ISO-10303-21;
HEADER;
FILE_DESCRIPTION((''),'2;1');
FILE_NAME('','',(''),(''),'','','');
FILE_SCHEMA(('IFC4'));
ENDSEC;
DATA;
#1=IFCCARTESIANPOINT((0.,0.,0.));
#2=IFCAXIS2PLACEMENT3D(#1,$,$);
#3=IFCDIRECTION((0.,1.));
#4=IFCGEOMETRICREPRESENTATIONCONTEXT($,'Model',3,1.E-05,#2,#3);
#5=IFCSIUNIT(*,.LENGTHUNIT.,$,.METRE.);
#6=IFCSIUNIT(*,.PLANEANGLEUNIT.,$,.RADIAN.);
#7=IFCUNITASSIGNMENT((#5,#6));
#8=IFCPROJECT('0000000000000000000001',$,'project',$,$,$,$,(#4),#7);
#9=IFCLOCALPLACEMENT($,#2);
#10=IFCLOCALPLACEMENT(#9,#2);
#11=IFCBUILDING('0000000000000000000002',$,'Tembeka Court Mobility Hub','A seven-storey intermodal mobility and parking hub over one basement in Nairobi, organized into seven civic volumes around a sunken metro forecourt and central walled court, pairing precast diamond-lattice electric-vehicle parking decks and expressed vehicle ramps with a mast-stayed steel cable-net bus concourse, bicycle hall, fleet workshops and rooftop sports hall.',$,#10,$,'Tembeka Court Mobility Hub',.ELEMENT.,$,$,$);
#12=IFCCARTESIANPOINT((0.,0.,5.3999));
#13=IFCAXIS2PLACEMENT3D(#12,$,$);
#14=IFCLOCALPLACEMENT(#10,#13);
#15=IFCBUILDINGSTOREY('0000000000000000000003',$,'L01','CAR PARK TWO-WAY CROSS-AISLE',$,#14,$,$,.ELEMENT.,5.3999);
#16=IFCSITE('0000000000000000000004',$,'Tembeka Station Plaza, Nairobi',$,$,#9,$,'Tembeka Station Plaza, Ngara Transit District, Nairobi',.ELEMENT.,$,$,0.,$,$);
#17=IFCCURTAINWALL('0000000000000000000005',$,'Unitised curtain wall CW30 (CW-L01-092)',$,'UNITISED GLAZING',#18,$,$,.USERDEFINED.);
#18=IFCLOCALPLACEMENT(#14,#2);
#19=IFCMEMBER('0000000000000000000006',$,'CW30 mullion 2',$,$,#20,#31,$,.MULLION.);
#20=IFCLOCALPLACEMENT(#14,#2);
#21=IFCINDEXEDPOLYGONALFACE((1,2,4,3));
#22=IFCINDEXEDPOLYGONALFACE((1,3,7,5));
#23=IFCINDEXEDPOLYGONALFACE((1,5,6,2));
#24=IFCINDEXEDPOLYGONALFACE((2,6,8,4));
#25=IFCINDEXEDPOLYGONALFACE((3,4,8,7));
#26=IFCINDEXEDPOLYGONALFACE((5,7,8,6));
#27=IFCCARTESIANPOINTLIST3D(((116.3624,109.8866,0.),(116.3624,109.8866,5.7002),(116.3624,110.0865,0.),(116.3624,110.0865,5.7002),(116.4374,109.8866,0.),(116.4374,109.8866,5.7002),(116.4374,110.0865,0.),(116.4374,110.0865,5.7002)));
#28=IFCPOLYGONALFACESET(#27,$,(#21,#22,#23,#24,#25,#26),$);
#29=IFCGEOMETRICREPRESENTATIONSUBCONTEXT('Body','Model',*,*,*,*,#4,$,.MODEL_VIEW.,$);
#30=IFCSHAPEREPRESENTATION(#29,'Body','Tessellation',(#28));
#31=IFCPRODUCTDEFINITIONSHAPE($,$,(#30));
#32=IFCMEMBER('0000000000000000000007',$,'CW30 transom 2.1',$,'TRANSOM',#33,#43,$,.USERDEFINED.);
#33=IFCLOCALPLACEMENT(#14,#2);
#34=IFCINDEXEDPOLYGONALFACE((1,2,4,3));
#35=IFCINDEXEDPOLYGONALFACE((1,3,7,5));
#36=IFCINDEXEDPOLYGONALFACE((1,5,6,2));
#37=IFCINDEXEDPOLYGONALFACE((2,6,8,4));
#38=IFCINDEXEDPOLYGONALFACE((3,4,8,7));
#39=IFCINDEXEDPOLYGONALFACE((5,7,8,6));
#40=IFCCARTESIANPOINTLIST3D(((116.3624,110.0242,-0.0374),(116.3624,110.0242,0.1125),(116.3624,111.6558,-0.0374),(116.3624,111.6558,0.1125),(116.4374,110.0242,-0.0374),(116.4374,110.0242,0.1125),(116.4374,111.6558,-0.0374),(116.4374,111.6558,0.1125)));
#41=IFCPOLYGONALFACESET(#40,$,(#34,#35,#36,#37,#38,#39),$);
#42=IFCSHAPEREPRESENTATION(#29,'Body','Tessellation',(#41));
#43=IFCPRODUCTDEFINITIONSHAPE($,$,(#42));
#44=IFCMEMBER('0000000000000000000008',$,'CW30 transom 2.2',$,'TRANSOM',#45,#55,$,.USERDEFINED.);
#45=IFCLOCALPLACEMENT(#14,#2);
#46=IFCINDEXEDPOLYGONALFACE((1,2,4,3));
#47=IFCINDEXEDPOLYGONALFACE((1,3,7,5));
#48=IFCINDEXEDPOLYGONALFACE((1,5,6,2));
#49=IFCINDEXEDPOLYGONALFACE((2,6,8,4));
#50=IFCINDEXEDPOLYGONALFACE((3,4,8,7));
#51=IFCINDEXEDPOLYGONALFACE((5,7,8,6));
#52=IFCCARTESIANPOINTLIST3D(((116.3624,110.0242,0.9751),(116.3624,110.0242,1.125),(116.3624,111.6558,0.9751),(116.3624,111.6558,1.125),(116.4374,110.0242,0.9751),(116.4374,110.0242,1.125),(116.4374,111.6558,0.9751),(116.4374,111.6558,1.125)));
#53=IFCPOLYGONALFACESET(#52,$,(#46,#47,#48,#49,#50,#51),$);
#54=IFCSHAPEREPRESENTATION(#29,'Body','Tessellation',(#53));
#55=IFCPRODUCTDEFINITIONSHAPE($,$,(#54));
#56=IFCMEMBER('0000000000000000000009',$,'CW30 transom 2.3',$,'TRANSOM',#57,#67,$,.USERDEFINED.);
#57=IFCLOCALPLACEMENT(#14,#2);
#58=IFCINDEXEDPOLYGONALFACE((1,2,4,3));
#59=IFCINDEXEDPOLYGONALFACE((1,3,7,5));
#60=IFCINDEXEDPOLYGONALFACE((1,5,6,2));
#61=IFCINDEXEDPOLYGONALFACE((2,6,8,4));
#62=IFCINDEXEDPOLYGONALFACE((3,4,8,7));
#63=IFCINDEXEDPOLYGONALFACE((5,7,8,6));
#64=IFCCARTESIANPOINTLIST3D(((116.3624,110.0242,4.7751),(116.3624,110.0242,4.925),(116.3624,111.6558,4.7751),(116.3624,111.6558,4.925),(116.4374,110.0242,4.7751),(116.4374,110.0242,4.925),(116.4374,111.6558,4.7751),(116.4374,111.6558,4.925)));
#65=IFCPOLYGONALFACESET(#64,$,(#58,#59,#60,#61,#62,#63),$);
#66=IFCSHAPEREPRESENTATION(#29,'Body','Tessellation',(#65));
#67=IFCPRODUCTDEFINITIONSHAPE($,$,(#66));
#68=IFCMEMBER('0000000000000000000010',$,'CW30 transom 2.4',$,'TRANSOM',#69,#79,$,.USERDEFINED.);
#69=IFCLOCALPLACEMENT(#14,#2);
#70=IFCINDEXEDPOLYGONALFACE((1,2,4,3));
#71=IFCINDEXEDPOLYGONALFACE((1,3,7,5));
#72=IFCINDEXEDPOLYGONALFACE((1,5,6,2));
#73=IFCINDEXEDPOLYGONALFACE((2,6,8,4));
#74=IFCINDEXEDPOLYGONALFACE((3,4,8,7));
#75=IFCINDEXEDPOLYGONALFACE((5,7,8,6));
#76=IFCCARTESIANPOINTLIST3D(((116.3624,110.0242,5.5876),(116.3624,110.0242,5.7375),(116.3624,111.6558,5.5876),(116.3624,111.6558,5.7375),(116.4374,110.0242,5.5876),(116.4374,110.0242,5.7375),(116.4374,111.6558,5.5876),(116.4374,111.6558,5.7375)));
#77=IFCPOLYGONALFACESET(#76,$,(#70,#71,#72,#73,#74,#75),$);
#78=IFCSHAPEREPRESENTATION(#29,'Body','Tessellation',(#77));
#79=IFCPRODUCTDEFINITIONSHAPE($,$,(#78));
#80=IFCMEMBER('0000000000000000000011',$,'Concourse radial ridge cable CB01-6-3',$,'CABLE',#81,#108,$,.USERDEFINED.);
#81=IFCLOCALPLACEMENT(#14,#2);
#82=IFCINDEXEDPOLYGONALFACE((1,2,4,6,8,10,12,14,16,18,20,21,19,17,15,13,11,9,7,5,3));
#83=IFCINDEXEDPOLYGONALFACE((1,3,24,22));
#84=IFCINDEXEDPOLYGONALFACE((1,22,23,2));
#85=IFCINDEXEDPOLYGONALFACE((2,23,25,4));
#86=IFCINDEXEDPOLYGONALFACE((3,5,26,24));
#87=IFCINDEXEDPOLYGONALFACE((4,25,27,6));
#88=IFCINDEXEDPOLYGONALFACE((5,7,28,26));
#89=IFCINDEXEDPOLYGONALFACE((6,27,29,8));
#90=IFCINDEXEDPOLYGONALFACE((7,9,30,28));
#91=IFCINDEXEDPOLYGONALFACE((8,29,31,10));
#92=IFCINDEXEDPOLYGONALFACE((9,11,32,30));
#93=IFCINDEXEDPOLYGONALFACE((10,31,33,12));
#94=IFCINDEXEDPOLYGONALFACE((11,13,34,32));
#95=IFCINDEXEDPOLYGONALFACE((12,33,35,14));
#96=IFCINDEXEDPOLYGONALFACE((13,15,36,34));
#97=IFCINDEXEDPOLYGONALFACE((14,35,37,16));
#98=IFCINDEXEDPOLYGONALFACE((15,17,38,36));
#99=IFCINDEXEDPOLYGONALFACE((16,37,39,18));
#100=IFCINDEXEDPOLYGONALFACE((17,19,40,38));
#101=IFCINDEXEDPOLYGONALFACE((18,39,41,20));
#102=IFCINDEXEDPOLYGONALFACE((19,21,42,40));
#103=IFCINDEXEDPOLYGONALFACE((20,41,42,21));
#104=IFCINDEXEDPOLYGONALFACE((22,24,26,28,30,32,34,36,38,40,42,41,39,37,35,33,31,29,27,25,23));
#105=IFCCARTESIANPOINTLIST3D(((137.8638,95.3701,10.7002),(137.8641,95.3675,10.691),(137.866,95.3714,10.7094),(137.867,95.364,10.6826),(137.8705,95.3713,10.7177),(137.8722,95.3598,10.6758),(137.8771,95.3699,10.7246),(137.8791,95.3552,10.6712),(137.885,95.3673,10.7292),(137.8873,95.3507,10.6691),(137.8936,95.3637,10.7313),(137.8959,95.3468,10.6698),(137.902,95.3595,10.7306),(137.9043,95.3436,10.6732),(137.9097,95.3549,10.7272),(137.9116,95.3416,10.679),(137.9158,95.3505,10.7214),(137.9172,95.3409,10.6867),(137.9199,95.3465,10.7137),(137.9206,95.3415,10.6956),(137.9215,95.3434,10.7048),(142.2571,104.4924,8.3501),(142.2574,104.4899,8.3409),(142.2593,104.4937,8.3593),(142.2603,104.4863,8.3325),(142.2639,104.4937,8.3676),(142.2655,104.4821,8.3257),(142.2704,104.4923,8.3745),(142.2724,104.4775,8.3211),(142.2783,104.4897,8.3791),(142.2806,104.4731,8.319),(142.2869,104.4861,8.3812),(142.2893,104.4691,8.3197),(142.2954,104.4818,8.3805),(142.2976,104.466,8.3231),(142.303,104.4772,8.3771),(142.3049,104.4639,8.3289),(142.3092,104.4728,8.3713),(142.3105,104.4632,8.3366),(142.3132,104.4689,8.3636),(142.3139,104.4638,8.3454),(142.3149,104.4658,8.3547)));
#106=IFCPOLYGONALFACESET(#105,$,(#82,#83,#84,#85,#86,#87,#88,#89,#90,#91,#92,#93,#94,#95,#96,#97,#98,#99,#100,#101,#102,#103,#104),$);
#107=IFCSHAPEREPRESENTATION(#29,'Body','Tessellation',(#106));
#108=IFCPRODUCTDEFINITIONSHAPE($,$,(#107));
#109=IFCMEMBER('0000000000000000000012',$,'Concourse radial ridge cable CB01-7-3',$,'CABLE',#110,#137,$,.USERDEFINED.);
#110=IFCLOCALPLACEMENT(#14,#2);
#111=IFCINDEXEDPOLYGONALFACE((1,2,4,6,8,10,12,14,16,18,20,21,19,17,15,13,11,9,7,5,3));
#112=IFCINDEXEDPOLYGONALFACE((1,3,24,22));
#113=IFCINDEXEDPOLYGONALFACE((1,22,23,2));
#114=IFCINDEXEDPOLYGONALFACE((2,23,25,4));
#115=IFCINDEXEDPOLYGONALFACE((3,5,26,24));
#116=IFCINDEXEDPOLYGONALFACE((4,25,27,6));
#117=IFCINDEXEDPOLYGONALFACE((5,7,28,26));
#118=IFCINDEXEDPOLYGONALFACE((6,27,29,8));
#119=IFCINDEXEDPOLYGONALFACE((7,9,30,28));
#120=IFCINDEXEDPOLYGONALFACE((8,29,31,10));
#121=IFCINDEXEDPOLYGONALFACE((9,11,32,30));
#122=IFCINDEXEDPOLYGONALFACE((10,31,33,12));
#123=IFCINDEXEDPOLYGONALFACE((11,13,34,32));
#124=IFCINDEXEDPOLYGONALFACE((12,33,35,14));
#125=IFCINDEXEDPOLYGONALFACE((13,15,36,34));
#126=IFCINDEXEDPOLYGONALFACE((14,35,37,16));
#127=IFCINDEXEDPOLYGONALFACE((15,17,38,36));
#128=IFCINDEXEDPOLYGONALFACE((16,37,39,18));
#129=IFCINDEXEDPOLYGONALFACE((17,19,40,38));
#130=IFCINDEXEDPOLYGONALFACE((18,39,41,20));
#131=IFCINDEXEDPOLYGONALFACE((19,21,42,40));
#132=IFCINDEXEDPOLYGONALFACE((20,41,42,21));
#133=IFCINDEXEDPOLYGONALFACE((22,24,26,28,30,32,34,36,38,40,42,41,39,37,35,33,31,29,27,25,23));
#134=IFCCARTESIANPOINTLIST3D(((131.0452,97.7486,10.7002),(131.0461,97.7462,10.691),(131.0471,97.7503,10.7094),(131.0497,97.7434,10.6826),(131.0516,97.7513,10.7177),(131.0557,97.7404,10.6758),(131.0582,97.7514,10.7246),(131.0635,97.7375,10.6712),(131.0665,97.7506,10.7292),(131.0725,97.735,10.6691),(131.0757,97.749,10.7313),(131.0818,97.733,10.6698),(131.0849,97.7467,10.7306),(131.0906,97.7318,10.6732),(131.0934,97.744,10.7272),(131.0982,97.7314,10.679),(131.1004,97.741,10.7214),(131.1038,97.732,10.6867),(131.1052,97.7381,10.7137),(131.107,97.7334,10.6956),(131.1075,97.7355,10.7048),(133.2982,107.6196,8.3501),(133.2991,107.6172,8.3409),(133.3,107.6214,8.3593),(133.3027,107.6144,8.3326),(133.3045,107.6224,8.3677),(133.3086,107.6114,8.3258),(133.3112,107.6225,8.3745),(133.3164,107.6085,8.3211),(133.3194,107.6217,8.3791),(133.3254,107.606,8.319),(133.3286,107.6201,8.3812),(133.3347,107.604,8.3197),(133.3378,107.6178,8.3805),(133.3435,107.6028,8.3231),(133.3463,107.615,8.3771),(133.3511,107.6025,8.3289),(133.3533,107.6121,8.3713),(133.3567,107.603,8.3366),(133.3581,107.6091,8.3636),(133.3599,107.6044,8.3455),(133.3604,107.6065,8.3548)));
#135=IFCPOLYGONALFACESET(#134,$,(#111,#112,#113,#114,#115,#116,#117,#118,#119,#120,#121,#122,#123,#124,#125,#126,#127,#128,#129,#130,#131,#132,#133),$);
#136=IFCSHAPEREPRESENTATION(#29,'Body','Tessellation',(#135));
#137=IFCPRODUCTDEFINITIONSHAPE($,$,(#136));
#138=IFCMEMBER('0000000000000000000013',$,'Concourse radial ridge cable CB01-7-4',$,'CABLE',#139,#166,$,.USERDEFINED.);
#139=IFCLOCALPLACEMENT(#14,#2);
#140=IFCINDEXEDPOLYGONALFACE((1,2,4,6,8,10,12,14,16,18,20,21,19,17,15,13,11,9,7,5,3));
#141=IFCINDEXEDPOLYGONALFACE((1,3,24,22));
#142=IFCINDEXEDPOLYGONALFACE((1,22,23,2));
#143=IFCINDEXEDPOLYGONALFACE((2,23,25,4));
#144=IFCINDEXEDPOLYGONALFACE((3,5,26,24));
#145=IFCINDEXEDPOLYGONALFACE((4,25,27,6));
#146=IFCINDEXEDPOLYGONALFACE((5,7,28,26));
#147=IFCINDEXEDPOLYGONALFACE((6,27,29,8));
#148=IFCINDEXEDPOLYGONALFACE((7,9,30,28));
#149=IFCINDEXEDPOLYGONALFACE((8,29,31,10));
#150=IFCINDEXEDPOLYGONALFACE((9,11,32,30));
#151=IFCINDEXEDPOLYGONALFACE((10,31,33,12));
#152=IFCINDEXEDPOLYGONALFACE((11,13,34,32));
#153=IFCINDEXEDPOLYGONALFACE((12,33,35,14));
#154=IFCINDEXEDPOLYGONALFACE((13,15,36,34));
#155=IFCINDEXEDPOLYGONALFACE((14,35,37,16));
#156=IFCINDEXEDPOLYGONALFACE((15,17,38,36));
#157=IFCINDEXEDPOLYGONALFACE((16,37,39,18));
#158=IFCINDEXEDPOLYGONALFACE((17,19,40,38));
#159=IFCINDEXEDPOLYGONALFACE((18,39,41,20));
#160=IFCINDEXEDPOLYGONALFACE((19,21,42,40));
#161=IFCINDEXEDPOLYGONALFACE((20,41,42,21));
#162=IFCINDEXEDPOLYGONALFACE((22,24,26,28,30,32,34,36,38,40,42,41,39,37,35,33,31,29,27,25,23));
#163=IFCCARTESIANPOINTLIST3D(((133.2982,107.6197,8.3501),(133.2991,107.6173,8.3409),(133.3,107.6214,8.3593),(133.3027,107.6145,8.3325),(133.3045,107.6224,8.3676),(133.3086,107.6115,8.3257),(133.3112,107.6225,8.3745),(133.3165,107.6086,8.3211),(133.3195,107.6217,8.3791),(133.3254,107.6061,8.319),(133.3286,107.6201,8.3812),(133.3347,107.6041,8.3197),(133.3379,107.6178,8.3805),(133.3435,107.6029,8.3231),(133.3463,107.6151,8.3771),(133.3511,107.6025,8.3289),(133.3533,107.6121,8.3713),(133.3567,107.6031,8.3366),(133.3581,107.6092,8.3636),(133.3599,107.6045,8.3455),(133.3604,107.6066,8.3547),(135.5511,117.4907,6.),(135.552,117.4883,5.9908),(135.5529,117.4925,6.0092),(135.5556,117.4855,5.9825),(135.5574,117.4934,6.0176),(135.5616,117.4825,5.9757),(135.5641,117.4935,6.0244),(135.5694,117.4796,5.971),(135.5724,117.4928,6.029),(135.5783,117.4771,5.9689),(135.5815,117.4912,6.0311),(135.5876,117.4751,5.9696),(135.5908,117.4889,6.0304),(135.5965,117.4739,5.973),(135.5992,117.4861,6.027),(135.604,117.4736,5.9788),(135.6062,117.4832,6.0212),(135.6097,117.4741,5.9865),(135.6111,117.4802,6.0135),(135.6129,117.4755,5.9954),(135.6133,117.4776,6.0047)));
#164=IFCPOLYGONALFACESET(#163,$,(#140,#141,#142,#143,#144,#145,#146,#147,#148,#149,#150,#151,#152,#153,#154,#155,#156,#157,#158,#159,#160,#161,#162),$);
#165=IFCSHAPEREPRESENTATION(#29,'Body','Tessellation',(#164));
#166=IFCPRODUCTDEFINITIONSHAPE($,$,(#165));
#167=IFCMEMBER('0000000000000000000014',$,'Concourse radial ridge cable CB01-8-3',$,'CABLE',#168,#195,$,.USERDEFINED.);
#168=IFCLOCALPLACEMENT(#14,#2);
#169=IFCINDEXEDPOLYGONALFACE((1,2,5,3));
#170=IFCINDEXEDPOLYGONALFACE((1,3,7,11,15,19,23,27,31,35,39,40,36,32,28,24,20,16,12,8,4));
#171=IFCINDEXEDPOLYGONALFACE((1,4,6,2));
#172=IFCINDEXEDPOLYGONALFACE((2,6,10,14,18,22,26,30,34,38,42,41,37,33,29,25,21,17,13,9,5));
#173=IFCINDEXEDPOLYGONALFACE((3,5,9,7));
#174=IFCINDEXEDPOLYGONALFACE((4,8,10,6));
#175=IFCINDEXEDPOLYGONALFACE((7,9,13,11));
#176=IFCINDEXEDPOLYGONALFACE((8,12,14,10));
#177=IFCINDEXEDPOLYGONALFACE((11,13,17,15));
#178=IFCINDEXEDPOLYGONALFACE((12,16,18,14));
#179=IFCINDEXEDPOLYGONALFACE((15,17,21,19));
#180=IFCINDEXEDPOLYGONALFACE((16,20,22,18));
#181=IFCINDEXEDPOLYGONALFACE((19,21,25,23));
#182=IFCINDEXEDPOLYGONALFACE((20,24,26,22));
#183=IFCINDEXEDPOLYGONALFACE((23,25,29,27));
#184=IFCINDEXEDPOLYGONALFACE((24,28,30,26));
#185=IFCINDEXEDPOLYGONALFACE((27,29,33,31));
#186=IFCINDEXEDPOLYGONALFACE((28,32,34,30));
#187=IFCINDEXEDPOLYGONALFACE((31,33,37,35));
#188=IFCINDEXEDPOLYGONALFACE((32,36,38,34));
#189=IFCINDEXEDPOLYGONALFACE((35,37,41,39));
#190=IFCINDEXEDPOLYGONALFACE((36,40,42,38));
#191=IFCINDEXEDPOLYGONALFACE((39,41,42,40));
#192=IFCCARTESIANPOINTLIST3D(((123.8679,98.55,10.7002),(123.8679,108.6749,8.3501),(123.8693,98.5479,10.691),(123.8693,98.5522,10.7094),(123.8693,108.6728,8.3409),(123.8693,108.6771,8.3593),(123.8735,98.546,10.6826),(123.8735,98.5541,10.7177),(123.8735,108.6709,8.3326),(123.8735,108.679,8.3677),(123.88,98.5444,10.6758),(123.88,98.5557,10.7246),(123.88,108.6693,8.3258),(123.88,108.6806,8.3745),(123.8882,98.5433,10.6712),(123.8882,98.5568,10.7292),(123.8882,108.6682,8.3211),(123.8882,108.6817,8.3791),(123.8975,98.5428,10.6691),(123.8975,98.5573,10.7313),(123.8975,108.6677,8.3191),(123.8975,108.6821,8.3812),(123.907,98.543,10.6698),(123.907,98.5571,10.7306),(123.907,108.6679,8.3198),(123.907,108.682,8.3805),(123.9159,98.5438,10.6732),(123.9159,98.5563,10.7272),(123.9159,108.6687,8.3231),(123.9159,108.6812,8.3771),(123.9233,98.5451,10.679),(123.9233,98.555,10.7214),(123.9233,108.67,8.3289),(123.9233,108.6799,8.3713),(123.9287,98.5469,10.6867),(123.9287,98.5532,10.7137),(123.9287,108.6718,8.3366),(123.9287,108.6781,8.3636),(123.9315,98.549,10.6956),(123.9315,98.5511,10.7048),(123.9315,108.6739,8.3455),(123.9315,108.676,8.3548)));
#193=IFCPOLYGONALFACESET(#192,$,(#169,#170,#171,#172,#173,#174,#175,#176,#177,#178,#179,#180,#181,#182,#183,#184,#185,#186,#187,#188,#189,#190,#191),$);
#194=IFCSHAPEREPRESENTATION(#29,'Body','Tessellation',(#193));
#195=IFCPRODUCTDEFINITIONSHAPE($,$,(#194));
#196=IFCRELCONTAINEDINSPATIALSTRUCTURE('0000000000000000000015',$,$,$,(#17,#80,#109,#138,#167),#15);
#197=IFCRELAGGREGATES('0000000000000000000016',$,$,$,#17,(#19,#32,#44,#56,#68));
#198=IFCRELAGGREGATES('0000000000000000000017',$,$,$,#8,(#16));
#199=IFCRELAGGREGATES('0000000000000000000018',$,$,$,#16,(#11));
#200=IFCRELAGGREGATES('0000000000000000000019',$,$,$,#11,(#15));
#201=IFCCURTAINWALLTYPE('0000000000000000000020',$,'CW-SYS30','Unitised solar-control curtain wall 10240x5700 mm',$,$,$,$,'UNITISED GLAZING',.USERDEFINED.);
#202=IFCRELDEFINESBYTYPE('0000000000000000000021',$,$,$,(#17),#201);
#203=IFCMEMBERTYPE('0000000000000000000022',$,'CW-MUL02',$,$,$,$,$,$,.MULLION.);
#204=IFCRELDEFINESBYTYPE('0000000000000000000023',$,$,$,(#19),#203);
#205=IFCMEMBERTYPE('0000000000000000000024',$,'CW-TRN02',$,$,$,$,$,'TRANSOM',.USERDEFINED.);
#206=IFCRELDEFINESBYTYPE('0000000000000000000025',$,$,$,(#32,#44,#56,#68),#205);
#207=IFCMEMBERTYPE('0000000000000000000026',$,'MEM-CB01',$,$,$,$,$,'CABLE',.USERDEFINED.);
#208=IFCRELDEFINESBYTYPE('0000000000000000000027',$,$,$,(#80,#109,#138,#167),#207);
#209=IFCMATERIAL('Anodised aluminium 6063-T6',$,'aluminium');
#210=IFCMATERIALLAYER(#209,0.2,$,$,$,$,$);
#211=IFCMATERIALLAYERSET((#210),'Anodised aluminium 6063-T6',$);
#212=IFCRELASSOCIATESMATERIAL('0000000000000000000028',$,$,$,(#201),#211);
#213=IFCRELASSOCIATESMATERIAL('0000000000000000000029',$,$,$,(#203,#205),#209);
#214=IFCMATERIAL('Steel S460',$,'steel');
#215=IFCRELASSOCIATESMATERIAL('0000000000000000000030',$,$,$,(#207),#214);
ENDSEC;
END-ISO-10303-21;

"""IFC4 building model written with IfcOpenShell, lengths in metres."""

from ifc_helpers import new_model, si_unit, direction, frame, origin, origin_2d, place, context, subcontext, project, spatial, rectangle, circle, extrude, material, layer, layer_set, material_profile, profile_set, type_object, element, aggregate, save


model = new_model("IFC4")

# Units and contexts
model_context = context("Model", 3, precision=1e-05, world=origin(), true_north=direction((0.0, 1.0)))
body_context = subcontext(model_context, "Body", "Model", "MODEL_VIEW")
ifc_project = project(units=[si_unit("LENGTHUNIT", "METRE"), si_unit("PLANEANGLEUNIT", "RADIAN")], contexts=[model_context])

# Site, building, storey
site_placement = place(None, origin())
site = spatial("IfcSite", under=ifc_project, at=site_placement, Name="Tembeka Station Plaza, Nairobi", LongName="Tembeka Station Plaza, Ngara Transit District, Nairobi", CompositionType="ELEMENT", RefElevation=0.0)
building_placement = place(site_placement, origin())
building = spatial("IfcBuilding", under=site, at=building_placement, Name="Tembeka Court Mobility Hub", Description="A seven-storey intermodal mobility and parking hub over one basement in Nairobi, organized into seven civic volumes around a sunken metro forecourt and central walled court, pairing precast diamond-lattice electric-vehicle parking decks and expressed vehicle ramps with a mast-stayed steel cable-net bus concourse, bicycle hall, fleet workshops and rooftop sports hall.", LongName="Tembeka Court Mobility Hub", CompositionType="ELEMENT")
storey_placement = place(building_placement, frame((0.0, 0.0, 5.3999)))
storey = spatial("IfcBuildingStorey", under=building, at=storey_placement, Name="L01", Description="CAR PARK TWO-WAY CROSS-AISLE", CompositionType="ELEMENT", Elevation=5.3999)

# Curtain wall, members
ifc_material_1 = material(Name="Anodised aluminium 6063-T6", Category="aluminium")
ifc_layer_1 = layer(ifc_material_1, 0.2)
ifc_layer_set_1 = layer_set([ifc_layer_1], Name="Anodised aluminium 6063-T6")
curtain_wall_type = type_object("IfcCurtainWallType", Name="CW-SYS30", Description="Unitised solar-control curtain wall 10240x5700 mm", ElementType="UNITISED GLAZING", PredefinedType="USERDEFINED", material=ifc_layer_set_1)
curtain_wall_placement = place(storey_placement, origin())
curtain_wall = element("IfcCurtainWall", 1, at=curtain_wall_placement, inside=storey, type_object=curtain_wall_type, Name="Unitised curtain wall CW30 (CW-L01-092)", ObjectType="UNITISED GLAZING", PredefinedType="USERDEFINED")
ifc_material_profile_1 = material_profile(ifc_material_1, rectangle(XDim=0.075, YDim=0.2, at=origin_2d()), Name="ALU-MUL 75x200")
ifc_profile_set_1 = profile_set([ifc_material_profile_1], Name="Anodised aluminium 6063-T6")
member_type_1 = type_object("IfcMemberType", Name="CW-MUL02", PredefinedType="MULLION", material=ifc_profile_set_1)
member_1_placement = place(storey_placement, frame((116.3999, 109.9866, 0.0), z_axis=(0.0, 0.0, 1.0), x_axis=(-1.0, 0.0, 0.0)))
member_1 = element("IfcMember", 2, at=member_1_placement, type_object=member_type_1, Name="CW30 mullion 2", PredefinedType="MULLION", context=body_context, shape_type="SweptSolid", body=[
    extrude(rectangle(XDim=0.075, YDim=0.2, at=origin_2d()), origin(), (0.0, 0.0, 1.0), 5.7002),
])
ifc_material_profile_2 = material_profile(ifc_material_1, rectangle(XDim=0.075, YDim=0.1499, at=origin_2d()), Name="ALU-TRN 75x150")
ifc_profile_set_2 = profile_set([ifc_material_profile_2], Name="Anodised aluminium 6063-T6")
member_type_2 = type_object("IfcMemberType", Name="CW-TRN02", ElementType="TRANSOM", PredefinedType="USERDEFINED", material=ifc_profile_set_2)
member_2_placement = place(storey_placement, frame((116.3999, 110.0242, 0.0376), z_axis=(0.0, 1.0, 0.0), x_axis=(-1.0, 0.0, 0.0)))
member_2 = element("IfcMember", 3, at=member_2_placement, type_object=member_type_2, Name="CW30 transom 2.1", ObjectType="TRANSOM", PredefinedType="USERDEFINED", context=body_context, shape_type="SweptSolid", body=[
    extrude(rectangle(XDim=0.075, YDim=0.1499, at=origin_2d()), origin(), (0.0, 0.0, 1.0), 1.6316),
])
member_3_placement = place(storey_placement, frame((116.3999, 110.0242, 1.05), z_axis=(0.0, 1.0, 0.0), x_axis=(-1.0, 0.0, 0.0)))
member_3 = element("IfcMember", 4, at=member_3_placement, type_object=member_type_2, Name="CW30 transom 2.2", ObjectType="TRANSOM", PredefinedType="USERDEFINED", context=body_context, shape_type="SweptSolid", body=[
    extrude(rectangle(XDim=0.075, YDim=0.1499, at=origin_2d()), origin(), (0.0, 0.0, 1.0), 1.6316),
])
member_4_placement = place(storey_placement, frame((116.3999, 110.0242, 4.8501), z_axis=(0.0, 1.0, 0.0), x_axis=(-1.0, 0.0, 0.0)))
member_4 = element("IfcMember", 5, at=member_4_placement, type_object=member_type_2, Name="CW30 transom 2.3", ObjectType="TRANSOM", PredefinedType="USERDEFINED", context=body_context, shape_type="SweptSolid", body=[
    extrude(rectangle(XDim=0.075, YDim=0.1499, at=origin_2d()), origin(), (0.0, 0.0, 1.0), 1.6316),
])
member_5_placement = place(storey_placement, frame((116.3999, 110.0242, 5.6626), z_axis=(0.0, 1.0, 0.0), x_axis=(-1.0, 0.0, 0.0)))
member_5 = element("IfcMember", 6, at=member_5_placement, type_object=member_type_2, Name="CW30 transom 2.4", ObjectType="TRANSOM", PredefinedType="USERDEFINED", context=body_context, shape_type="SweptSolid", body=[
    extrude(rectangle(XDim=0.075, YDim=0.1499, at=origin_2d()), origin(), (0.0, 0.0, 1.0), 1.6316),
])

# Members
ifc_material_2 = material(Name="Steel S460", Category="steel")
ifc_material_profile_3 = material_profile(ifc_material_2, circle(Radius=0.032, at=origin_2d()), Name="CABLE D64")
ifc_profile_set_3 = profile_set([ifc_material_profile_3], Name="Steel S460")
member_type_3 = type_object("IfcMemberType", Name="MEM-CB01", ElementType="CABLE", PredefinedType="USERDEFINED", material=ifc_profile_set_3)
member_6_placement = place(storey_placement, frame((137.8926, 95.3562, 10.7002), z_axis=(0.422667, 0.87763, -0.226096), x_axis=(-0.90096, 0.433903, 0.0)))
element("IfcMember", 7, at=member_6_placement, inside=storey, type_object=member_type_3, Name="Concourse radial ridge cable CB01-6-3", ObjectType="CABLE", PredefinedType="USERDEFINED", context=body_context, shape_type="SweptSolid", body=[
    extrude(circle(Radius=0.032, at=origin_2d()), origin(), (0.0, 0.0, 1.0), 10.3943),
])
for number, where, z_axis, x_axis, name in (
    (8, (131.0764, 97.7415, 10.7002), (0.216751, 0.949683, -0.226099), (-0.97493, 0.222513, 0.0), "Concourse radial ridge cable CB01-7-3"),
    (9, (133.3293, 107.6125, 8.3501), (0.216751, 0.949683, -0.226099), (-0.97493, 0.222513, 0.0), "Concourse radial ridge cable CB01-7-4"),
    (10, (123.8999, 98.55, 10.7002), (0.0, 0.974105, -0.226098), (-1.0, 0.0, 0.0), "Concourse radial ridge cable CB01-8-3"),
):
    element("IfcMember", number, at=place(storey_placement, frame(where, z_axis=z_axis, x_axis=x_axis)), inside=storey, type_object=member_type_3, Name=name, ObjectType="CABLE", PredefinedType="USERDEFINED", context=body_context, shape_type="SweptSolid", body=[
        extrude(circle(Radius=0.032, at=origin_2d()), origin(), (0.0, 0.0, 1.0), 10.394),
    ])

aggregate(curtain_wall, [member_1, member_2, member_3, member_4, member_5])

save(model, "model.ifc")
